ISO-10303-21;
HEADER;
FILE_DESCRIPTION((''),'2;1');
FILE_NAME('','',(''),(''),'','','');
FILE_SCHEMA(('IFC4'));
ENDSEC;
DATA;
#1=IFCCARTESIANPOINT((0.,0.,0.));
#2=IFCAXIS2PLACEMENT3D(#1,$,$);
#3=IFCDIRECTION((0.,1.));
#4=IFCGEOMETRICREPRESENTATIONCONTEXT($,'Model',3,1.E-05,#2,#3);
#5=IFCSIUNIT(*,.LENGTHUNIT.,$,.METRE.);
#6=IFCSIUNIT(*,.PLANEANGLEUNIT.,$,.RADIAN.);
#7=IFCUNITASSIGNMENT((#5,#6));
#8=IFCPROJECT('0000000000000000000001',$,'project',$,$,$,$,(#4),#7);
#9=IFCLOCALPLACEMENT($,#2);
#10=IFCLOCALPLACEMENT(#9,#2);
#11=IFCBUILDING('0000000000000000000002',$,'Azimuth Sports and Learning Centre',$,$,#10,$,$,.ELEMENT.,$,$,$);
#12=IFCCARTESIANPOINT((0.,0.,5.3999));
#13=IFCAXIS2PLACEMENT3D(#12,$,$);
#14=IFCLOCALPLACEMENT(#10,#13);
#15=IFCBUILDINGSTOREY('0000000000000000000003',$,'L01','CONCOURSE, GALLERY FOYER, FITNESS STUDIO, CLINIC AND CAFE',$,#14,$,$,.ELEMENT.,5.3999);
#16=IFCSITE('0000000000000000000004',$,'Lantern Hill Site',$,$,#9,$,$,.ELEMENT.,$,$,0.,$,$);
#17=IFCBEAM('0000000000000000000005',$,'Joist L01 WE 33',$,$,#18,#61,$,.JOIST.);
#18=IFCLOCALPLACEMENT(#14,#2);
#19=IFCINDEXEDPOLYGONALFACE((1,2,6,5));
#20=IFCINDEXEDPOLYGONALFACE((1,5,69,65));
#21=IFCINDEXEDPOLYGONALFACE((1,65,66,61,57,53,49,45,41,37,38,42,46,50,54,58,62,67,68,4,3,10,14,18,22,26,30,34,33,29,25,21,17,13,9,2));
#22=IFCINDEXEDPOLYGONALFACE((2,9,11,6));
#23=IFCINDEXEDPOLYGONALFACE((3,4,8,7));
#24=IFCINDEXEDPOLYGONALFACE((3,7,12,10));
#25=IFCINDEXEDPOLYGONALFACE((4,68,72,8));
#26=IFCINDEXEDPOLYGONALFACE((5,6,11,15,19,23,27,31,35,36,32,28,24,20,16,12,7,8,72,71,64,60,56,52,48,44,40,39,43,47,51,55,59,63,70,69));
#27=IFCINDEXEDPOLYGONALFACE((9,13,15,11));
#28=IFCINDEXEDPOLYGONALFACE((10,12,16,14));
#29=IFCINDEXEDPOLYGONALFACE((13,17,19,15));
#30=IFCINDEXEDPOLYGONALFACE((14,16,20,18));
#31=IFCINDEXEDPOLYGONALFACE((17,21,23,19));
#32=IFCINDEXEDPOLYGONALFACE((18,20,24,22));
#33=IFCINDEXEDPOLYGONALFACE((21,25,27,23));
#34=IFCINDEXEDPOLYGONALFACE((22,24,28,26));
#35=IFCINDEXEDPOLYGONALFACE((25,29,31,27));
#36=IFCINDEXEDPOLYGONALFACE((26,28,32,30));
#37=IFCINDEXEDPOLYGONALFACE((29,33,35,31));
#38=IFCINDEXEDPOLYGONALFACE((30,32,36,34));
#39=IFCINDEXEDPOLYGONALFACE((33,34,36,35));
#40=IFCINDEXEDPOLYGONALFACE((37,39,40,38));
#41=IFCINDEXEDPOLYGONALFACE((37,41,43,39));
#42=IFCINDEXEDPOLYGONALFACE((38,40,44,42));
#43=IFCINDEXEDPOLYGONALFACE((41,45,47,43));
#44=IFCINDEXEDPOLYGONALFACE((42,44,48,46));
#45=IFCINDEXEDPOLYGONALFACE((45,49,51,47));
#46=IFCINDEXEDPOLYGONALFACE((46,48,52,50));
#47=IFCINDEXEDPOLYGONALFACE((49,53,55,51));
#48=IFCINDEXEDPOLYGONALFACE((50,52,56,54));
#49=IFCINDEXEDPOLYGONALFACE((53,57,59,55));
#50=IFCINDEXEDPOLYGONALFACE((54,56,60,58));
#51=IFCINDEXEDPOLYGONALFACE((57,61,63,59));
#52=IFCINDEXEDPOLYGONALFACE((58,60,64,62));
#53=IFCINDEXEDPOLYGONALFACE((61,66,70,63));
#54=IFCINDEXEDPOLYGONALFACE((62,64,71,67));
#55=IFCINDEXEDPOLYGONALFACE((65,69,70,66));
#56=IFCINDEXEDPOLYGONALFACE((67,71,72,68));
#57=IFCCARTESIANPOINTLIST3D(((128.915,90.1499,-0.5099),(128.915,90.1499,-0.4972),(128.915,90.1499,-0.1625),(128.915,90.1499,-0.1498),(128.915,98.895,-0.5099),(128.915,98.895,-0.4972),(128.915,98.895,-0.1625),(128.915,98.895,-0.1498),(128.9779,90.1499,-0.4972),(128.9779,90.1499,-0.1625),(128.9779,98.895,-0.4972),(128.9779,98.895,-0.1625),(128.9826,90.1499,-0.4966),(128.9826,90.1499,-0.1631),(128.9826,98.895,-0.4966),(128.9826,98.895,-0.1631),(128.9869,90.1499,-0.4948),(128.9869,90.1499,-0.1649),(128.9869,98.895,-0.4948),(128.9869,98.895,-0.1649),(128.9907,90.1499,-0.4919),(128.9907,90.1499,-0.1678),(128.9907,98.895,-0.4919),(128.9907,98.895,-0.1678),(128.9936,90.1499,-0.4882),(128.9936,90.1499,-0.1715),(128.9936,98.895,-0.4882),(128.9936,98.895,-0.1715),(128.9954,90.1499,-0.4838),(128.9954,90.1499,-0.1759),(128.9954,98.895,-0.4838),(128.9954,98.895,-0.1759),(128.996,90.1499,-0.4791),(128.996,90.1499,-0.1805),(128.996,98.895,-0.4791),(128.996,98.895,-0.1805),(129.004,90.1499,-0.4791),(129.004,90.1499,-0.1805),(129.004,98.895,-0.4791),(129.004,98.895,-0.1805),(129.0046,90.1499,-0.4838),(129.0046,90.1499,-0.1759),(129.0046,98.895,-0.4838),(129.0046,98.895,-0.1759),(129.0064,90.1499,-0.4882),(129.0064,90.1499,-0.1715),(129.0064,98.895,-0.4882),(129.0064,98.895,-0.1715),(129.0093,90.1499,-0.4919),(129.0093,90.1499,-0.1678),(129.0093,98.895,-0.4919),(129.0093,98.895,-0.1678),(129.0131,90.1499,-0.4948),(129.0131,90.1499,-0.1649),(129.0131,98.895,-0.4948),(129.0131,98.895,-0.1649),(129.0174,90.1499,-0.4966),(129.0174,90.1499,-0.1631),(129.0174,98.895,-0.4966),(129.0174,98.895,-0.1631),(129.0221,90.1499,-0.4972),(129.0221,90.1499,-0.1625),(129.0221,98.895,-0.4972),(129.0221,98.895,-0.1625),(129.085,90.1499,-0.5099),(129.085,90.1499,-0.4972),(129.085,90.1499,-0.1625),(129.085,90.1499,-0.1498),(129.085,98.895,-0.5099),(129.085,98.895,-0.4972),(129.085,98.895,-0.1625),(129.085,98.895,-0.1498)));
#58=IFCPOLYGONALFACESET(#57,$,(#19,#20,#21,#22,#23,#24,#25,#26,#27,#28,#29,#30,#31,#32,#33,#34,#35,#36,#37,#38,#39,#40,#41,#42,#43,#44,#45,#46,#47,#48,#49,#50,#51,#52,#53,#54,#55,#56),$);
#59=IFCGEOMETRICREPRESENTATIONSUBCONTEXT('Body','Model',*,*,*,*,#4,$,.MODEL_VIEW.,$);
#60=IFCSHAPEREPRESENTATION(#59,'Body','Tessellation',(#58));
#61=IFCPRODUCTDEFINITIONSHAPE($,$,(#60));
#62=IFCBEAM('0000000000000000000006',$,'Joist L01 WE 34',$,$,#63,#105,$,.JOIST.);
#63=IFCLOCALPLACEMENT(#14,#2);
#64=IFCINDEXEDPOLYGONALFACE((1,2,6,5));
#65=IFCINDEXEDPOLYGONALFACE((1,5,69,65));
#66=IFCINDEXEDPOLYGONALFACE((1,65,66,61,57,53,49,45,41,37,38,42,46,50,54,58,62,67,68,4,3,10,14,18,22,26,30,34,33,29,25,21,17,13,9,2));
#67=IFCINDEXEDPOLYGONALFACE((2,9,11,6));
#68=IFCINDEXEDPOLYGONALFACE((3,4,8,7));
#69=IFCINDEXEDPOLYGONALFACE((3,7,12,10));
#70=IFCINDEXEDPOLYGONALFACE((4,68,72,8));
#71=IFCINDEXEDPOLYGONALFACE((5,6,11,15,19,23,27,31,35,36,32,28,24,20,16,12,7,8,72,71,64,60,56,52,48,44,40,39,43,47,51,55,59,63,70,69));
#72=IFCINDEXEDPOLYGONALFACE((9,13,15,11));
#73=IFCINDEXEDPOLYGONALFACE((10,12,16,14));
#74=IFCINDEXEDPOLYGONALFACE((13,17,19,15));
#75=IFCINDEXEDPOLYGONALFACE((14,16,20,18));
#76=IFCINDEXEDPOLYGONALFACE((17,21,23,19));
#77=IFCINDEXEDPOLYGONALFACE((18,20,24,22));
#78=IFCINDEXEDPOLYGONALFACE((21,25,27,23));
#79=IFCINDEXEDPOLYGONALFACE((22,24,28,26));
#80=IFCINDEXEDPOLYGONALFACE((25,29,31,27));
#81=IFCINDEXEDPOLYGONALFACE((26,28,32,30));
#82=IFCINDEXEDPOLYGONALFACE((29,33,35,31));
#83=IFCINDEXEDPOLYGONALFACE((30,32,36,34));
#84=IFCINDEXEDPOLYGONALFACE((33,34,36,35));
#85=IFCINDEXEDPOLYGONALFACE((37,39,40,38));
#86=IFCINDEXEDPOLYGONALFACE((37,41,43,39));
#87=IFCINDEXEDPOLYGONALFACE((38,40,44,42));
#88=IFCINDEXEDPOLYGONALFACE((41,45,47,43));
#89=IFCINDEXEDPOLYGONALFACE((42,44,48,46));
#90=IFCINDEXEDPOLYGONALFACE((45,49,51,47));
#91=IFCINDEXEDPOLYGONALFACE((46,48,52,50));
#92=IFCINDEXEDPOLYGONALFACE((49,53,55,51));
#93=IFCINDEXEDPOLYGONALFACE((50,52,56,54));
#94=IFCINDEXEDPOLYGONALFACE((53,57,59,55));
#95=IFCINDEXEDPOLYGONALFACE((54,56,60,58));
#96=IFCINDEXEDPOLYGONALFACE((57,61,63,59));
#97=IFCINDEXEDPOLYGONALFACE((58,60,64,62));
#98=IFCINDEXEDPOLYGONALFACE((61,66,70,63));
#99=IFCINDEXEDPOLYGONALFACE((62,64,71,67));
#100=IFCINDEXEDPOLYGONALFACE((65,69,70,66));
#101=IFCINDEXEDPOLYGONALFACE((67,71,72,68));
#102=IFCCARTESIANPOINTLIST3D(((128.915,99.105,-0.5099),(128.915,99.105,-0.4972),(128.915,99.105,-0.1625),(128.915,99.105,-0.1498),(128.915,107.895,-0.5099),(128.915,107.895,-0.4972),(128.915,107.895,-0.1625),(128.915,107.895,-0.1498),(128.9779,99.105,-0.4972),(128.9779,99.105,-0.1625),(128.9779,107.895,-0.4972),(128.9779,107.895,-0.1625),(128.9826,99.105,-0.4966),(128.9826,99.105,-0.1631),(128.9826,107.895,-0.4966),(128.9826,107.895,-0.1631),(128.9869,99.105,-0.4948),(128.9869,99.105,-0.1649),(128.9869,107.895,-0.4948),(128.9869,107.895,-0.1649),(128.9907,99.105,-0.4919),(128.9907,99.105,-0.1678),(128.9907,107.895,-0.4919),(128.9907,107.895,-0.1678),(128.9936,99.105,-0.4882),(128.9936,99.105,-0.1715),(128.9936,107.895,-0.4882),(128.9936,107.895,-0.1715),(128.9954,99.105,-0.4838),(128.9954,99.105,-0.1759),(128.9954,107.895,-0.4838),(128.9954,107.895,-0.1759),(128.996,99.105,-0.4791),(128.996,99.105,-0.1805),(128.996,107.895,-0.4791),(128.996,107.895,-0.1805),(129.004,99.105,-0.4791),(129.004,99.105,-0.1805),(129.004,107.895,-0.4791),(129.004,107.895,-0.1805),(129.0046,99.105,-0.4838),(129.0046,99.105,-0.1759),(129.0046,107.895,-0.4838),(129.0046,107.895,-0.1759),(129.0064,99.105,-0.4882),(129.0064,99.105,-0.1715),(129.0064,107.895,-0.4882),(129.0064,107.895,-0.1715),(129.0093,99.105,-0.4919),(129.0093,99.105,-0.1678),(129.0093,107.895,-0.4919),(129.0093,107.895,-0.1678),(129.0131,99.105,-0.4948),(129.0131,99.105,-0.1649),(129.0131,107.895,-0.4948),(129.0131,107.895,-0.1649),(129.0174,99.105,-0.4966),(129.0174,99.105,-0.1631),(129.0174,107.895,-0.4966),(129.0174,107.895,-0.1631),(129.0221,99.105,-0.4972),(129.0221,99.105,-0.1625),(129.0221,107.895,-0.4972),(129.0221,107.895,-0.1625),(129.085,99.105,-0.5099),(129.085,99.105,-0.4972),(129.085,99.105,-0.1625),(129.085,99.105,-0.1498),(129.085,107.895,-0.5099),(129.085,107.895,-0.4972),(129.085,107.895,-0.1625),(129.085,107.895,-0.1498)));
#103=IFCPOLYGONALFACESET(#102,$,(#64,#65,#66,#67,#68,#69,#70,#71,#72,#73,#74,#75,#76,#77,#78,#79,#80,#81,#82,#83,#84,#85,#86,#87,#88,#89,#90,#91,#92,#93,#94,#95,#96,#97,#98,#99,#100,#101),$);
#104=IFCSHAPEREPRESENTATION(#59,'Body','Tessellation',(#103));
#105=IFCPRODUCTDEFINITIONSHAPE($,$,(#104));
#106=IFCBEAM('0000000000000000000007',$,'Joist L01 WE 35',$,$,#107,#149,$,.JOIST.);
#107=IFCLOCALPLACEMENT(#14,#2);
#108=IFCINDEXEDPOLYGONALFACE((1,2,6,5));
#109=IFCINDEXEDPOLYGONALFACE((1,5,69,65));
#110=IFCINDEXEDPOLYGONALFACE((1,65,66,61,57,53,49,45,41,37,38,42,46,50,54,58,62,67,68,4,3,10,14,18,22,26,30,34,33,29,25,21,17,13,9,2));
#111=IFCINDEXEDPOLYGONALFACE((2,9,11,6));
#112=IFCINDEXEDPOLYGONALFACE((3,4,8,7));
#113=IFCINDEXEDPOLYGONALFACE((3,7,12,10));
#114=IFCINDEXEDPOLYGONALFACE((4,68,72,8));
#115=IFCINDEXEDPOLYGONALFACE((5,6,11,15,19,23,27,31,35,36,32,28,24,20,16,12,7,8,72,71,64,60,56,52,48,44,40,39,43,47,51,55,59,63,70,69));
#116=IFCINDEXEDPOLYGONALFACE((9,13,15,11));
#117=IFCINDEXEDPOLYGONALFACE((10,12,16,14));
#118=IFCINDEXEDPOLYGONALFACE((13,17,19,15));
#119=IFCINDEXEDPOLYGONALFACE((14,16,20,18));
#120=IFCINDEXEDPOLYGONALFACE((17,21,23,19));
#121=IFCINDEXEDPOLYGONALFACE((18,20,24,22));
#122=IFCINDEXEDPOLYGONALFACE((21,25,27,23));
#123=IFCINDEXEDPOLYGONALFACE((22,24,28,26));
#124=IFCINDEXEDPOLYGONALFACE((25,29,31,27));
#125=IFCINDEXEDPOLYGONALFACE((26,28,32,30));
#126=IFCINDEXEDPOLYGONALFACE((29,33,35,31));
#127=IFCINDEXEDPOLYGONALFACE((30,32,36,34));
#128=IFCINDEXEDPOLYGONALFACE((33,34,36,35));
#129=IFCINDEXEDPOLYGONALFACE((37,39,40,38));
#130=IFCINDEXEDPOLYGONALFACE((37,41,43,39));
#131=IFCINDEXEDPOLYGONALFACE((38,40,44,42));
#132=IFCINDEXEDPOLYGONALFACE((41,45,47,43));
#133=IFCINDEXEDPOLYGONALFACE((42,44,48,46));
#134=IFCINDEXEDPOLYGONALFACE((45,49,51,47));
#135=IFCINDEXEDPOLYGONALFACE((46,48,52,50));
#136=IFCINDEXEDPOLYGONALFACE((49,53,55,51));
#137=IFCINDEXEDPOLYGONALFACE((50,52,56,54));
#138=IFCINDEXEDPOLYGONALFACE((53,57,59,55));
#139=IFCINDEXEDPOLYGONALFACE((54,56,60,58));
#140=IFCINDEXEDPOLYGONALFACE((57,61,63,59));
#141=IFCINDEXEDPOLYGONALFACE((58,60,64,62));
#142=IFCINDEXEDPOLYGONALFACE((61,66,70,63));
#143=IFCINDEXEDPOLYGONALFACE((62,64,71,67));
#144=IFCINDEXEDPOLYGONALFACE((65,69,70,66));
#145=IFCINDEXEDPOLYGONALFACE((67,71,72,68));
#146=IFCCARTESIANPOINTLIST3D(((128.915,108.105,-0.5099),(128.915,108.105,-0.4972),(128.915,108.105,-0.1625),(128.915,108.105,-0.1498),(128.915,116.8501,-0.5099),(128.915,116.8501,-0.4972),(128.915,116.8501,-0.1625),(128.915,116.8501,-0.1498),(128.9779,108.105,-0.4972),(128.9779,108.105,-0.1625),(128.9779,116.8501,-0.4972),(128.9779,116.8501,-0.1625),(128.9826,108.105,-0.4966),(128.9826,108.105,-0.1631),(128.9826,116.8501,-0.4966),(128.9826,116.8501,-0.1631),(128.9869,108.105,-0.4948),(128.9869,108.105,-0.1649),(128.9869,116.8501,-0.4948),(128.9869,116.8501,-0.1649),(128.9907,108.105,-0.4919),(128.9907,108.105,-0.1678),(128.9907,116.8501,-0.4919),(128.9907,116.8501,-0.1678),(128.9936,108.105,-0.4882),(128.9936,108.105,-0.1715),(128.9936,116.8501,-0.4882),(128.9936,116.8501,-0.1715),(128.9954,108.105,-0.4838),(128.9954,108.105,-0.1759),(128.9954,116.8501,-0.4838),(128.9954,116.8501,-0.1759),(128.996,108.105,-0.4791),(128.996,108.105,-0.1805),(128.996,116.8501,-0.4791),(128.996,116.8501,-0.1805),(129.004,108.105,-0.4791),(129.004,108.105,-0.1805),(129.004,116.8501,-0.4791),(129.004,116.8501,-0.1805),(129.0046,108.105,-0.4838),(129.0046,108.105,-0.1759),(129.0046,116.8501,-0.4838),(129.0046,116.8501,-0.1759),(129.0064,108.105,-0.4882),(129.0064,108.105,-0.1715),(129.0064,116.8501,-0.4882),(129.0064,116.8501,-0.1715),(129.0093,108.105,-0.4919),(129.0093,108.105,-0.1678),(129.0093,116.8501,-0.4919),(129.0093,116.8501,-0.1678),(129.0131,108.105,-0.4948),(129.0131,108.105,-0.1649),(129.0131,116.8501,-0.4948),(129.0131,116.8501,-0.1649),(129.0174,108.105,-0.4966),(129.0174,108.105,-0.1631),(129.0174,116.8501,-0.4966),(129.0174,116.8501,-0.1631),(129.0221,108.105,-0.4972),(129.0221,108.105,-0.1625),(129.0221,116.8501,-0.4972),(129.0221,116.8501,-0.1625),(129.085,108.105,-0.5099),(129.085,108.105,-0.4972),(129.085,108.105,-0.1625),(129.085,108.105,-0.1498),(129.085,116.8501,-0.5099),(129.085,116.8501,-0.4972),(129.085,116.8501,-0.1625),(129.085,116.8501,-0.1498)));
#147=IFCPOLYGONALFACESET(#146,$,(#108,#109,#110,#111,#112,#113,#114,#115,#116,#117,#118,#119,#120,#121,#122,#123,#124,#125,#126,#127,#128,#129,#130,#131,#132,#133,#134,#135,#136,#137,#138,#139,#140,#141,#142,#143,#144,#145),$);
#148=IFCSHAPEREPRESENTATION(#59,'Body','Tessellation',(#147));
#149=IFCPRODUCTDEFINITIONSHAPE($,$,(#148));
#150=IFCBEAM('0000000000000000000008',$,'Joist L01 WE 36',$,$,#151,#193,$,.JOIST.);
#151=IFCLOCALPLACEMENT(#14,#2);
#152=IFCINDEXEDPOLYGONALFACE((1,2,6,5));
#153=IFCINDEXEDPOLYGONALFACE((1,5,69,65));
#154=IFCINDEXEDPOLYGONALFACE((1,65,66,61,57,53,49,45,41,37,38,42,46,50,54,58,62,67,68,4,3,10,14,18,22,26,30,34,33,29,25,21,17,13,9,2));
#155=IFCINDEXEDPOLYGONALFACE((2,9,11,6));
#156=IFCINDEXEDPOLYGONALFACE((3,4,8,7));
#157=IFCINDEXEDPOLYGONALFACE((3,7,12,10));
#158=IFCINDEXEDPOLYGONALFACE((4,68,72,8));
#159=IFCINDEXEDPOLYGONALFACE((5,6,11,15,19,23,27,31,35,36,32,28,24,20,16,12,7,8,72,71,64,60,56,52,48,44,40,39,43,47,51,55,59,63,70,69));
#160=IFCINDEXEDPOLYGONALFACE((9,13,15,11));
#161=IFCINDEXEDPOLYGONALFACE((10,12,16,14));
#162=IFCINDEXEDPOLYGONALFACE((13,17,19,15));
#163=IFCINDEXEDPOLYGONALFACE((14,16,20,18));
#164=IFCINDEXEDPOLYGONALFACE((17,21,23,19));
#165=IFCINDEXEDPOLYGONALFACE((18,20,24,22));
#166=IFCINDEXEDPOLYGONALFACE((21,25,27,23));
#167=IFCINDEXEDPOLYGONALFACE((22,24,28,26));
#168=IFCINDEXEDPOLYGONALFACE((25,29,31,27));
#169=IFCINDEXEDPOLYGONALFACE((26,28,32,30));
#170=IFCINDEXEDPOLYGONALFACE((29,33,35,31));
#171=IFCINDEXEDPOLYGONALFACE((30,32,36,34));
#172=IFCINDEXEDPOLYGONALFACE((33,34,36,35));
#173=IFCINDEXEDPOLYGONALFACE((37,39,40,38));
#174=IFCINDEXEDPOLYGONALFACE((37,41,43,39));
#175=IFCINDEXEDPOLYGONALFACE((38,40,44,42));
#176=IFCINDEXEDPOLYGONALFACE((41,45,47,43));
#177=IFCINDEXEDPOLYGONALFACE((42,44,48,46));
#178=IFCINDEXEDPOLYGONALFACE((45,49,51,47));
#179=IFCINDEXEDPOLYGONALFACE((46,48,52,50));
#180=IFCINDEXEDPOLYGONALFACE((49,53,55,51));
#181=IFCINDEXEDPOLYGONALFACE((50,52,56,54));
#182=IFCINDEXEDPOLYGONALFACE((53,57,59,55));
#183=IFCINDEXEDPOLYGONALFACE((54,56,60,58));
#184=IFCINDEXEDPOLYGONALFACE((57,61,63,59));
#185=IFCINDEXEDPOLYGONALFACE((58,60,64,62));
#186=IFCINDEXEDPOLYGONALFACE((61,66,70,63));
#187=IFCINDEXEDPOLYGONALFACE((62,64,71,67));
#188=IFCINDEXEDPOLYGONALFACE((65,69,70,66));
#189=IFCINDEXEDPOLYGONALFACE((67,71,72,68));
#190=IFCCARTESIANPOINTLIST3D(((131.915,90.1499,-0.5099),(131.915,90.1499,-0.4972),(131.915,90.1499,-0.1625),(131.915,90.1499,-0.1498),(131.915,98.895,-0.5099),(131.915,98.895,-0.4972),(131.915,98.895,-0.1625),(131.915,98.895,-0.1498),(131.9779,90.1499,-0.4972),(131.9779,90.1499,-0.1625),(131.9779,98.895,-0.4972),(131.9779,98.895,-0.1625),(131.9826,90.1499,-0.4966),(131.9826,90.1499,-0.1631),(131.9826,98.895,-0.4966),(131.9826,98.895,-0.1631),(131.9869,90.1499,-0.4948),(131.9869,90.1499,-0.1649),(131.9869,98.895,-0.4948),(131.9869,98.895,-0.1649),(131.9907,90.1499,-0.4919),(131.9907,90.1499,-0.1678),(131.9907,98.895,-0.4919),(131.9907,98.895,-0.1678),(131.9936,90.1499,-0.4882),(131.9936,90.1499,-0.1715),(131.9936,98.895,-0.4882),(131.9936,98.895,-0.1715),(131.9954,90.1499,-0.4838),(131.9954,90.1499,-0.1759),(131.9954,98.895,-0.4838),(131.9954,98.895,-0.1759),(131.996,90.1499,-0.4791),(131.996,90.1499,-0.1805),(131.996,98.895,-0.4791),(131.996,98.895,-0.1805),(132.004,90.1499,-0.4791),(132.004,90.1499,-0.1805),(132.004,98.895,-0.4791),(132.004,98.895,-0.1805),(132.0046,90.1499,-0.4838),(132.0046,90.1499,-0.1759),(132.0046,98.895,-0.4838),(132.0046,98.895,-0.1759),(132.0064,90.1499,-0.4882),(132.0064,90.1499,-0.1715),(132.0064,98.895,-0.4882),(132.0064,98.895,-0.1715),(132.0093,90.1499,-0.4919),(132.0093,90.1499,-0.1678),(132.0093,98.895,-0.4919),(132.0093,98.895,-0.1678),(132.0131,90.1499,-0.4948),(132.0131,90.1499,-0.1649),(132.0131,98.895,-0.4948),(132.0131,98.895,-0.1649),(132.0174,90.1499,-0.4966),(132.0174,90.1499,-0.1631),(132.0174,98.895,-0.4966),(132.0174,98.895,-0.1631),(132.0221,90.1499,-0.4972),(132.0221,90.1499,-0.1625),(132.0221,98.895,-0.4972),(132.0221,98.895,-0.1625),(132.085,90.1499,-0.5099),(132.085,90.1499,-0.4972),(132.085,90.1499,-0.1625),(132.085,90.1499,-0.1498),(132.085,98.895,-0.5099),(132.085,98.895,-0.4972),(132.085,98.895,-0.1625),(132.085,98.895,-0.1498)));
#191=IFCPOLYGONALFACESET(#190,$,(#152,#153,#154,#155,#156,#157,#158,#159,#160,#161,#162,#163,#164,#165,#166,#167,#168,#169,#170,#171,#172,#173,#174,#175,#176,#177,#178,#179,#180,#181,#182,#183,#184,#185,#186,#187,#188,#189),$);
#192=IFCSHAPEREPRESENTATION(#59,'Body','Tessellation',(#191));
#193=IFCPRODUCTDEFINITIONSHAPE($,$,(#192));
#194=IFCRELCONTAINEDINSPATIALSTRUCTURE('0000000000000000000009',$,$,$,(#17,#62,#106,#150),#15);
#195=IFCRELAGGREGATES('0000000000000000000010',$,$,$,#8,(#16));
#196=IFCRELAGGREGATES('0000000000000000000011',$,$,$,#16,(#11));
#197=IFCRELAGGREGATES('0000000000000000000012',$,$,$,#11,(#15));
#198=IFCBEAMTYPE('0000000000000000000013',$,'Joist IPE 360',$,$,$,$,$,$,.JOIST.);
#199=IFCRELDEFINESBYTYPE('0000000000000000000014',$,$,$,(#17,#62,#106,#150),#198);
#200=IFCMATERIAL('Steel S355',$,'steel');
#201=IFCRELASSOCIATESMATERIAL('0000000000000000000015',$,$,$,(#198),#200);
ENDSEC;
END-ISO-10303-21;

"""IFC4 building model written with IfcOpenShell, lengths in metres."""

from ifc_helpers import new_model, si_unit, direction, frame, origin, origin_2d, place, context, subcontext, project, spatial, i_section, extrude, material, material_profile, profile_set, type_object, element, save


model = new_model("IFC4")

# Units and contexts
model_context = context("Model", 3, precision=1e-05, world=origin(), true_north=direction((0.0, 1.0)))
body_context = subcontext(model_context, "Body", "Model", "MODEL_VIEW")
ifc_project = project(units=[si_unit("LENGTHUNIT", "METRE"), si_unit("PLANEANGLEUNIT", "RADIAN")], contexts=[model_context])

# Site, building, storey
site_placement = place(None, origin())
site = spatial("IfcSite", under=ifc_project, at=site_placement, Name="Lantern Hill Site", CompositionType="ELEMENT", RefElevation=0.0)
building_placement = place(site_placement, origin())
building = spatial("IfcBuilding", under=site, at=building_placement, Name="Azimuth Sports and Learning Centre", CompositionType="ELEMENT")
storey_placement = place(building_placement, frame((0.0, 0.0, 5.3999)))
storey = spatial("IfcBuildingStorey", under=building, at=storey_placement, Name="L01", Description="CONCOURSE, GALLERY FOYER, FITNESS STUDIO, CLINIC AND CAFE", CompositionType="ELEMENT", Elevation=5.3999)

# Beams
ifc_material_1 = material(Name="Steel S355", Category="steel")
ifc_material_profile_1 = material_profile(ifc_material_1, i_section(OverallWidth=0.1699, OverallDepth=0.3601, WebThickness=0.0081, FlangeThickness=0.0127, FilletRadius=0.0181, at=origin_2d()), Name="IPE 360")
ifc_profile_set_1 = profile_set([ifc_material_profile_1], Name="Steel S355")
beam_type_1 = type_object("IfcBeamType", Name="Joist IPE 360", PredefinedType="JOIST", material=ifc_profile_set_1)
for number, where, z_axis, x_axis, name in (
    (1, (129.0, 90.1499, -0.3298), (0.0, 1.0, 0.0), (-1.0, 0.0, 0.0), "Joist L01 WE 33"),
):
    element("IfcBeam", number, at=place(storey_placement, frame(where, z_axis=z_axis, x_axis=x_axis)), inside=storey, type_object=beam_type_1, Name=name, PredefinedType="JOIST", context=body_context, shape_type="SweptSolid", body=[
        extrude(i_section(OverallWidth=0.1699, OverallDepth=0.3601, WebThickness=0.0081, FlangeThickness=0.0127, FilletRadius=0.0181, at=origin_2d()), origin(), (0.0, 0.0, 1.0), 8.7451),
    ])
beam_1_placement = place(storey_placement, frame((129.0, 99.105, -0.3298), z_axis=(0.0, 1.0, 0.0), x_axis=(-1.0, 0.0, 0.0)))
element("IfcBeam", 2, at=beam_1_placement, inside=storey, type_object=beam_type_1, Name="Joist L01 WE 34", PredefinedType="JOIST", context=body_context, shape_type="SweptSolid", body=[
    extrude(i_section(OverallWidth=0.1699, OverallDepth=0.3601, WebThickness=0.0081, FlangeThickness=0.0127, FilletRadius=0.0181, at=origin_2d()), origin(), (0.0, 0.0, 1.0), 8.79),
])
for number, where, z_axis, x_axis, name in (
    (3, (129.0, 108.105, -0.3298), (0.0, 1.0, 0.0), (-1.0, 0.0, 0.0), "Joist L01 WE 35"),
    (4, (132.0, 90.1499, -0.3298), (0.0, 1.0, 0.0), (-1.0, 0.0, 0.0), "Joist L01 WE 36"),
):
    element("IfcBeam", number, at=place(storey_placement, frame(where, z_axis=z_axis, x_axis=x_axis)), inside=storey, type_object=beam_type_1, Name=name, PredefinedType="JOIST", context=body_context, shape_type="SweptSolid", body=[
        extrude(i_section(OverallWidth=0.1699, OverallDepth=0.3601, WebThickness=0.0081, FlangeThickness=0.0127, FilletRadius=0.0181, at=origin_2d()), origin(), (0.0, 0.0, 1.0), 8.7451),
    ])

save(model, "model.ifc")
